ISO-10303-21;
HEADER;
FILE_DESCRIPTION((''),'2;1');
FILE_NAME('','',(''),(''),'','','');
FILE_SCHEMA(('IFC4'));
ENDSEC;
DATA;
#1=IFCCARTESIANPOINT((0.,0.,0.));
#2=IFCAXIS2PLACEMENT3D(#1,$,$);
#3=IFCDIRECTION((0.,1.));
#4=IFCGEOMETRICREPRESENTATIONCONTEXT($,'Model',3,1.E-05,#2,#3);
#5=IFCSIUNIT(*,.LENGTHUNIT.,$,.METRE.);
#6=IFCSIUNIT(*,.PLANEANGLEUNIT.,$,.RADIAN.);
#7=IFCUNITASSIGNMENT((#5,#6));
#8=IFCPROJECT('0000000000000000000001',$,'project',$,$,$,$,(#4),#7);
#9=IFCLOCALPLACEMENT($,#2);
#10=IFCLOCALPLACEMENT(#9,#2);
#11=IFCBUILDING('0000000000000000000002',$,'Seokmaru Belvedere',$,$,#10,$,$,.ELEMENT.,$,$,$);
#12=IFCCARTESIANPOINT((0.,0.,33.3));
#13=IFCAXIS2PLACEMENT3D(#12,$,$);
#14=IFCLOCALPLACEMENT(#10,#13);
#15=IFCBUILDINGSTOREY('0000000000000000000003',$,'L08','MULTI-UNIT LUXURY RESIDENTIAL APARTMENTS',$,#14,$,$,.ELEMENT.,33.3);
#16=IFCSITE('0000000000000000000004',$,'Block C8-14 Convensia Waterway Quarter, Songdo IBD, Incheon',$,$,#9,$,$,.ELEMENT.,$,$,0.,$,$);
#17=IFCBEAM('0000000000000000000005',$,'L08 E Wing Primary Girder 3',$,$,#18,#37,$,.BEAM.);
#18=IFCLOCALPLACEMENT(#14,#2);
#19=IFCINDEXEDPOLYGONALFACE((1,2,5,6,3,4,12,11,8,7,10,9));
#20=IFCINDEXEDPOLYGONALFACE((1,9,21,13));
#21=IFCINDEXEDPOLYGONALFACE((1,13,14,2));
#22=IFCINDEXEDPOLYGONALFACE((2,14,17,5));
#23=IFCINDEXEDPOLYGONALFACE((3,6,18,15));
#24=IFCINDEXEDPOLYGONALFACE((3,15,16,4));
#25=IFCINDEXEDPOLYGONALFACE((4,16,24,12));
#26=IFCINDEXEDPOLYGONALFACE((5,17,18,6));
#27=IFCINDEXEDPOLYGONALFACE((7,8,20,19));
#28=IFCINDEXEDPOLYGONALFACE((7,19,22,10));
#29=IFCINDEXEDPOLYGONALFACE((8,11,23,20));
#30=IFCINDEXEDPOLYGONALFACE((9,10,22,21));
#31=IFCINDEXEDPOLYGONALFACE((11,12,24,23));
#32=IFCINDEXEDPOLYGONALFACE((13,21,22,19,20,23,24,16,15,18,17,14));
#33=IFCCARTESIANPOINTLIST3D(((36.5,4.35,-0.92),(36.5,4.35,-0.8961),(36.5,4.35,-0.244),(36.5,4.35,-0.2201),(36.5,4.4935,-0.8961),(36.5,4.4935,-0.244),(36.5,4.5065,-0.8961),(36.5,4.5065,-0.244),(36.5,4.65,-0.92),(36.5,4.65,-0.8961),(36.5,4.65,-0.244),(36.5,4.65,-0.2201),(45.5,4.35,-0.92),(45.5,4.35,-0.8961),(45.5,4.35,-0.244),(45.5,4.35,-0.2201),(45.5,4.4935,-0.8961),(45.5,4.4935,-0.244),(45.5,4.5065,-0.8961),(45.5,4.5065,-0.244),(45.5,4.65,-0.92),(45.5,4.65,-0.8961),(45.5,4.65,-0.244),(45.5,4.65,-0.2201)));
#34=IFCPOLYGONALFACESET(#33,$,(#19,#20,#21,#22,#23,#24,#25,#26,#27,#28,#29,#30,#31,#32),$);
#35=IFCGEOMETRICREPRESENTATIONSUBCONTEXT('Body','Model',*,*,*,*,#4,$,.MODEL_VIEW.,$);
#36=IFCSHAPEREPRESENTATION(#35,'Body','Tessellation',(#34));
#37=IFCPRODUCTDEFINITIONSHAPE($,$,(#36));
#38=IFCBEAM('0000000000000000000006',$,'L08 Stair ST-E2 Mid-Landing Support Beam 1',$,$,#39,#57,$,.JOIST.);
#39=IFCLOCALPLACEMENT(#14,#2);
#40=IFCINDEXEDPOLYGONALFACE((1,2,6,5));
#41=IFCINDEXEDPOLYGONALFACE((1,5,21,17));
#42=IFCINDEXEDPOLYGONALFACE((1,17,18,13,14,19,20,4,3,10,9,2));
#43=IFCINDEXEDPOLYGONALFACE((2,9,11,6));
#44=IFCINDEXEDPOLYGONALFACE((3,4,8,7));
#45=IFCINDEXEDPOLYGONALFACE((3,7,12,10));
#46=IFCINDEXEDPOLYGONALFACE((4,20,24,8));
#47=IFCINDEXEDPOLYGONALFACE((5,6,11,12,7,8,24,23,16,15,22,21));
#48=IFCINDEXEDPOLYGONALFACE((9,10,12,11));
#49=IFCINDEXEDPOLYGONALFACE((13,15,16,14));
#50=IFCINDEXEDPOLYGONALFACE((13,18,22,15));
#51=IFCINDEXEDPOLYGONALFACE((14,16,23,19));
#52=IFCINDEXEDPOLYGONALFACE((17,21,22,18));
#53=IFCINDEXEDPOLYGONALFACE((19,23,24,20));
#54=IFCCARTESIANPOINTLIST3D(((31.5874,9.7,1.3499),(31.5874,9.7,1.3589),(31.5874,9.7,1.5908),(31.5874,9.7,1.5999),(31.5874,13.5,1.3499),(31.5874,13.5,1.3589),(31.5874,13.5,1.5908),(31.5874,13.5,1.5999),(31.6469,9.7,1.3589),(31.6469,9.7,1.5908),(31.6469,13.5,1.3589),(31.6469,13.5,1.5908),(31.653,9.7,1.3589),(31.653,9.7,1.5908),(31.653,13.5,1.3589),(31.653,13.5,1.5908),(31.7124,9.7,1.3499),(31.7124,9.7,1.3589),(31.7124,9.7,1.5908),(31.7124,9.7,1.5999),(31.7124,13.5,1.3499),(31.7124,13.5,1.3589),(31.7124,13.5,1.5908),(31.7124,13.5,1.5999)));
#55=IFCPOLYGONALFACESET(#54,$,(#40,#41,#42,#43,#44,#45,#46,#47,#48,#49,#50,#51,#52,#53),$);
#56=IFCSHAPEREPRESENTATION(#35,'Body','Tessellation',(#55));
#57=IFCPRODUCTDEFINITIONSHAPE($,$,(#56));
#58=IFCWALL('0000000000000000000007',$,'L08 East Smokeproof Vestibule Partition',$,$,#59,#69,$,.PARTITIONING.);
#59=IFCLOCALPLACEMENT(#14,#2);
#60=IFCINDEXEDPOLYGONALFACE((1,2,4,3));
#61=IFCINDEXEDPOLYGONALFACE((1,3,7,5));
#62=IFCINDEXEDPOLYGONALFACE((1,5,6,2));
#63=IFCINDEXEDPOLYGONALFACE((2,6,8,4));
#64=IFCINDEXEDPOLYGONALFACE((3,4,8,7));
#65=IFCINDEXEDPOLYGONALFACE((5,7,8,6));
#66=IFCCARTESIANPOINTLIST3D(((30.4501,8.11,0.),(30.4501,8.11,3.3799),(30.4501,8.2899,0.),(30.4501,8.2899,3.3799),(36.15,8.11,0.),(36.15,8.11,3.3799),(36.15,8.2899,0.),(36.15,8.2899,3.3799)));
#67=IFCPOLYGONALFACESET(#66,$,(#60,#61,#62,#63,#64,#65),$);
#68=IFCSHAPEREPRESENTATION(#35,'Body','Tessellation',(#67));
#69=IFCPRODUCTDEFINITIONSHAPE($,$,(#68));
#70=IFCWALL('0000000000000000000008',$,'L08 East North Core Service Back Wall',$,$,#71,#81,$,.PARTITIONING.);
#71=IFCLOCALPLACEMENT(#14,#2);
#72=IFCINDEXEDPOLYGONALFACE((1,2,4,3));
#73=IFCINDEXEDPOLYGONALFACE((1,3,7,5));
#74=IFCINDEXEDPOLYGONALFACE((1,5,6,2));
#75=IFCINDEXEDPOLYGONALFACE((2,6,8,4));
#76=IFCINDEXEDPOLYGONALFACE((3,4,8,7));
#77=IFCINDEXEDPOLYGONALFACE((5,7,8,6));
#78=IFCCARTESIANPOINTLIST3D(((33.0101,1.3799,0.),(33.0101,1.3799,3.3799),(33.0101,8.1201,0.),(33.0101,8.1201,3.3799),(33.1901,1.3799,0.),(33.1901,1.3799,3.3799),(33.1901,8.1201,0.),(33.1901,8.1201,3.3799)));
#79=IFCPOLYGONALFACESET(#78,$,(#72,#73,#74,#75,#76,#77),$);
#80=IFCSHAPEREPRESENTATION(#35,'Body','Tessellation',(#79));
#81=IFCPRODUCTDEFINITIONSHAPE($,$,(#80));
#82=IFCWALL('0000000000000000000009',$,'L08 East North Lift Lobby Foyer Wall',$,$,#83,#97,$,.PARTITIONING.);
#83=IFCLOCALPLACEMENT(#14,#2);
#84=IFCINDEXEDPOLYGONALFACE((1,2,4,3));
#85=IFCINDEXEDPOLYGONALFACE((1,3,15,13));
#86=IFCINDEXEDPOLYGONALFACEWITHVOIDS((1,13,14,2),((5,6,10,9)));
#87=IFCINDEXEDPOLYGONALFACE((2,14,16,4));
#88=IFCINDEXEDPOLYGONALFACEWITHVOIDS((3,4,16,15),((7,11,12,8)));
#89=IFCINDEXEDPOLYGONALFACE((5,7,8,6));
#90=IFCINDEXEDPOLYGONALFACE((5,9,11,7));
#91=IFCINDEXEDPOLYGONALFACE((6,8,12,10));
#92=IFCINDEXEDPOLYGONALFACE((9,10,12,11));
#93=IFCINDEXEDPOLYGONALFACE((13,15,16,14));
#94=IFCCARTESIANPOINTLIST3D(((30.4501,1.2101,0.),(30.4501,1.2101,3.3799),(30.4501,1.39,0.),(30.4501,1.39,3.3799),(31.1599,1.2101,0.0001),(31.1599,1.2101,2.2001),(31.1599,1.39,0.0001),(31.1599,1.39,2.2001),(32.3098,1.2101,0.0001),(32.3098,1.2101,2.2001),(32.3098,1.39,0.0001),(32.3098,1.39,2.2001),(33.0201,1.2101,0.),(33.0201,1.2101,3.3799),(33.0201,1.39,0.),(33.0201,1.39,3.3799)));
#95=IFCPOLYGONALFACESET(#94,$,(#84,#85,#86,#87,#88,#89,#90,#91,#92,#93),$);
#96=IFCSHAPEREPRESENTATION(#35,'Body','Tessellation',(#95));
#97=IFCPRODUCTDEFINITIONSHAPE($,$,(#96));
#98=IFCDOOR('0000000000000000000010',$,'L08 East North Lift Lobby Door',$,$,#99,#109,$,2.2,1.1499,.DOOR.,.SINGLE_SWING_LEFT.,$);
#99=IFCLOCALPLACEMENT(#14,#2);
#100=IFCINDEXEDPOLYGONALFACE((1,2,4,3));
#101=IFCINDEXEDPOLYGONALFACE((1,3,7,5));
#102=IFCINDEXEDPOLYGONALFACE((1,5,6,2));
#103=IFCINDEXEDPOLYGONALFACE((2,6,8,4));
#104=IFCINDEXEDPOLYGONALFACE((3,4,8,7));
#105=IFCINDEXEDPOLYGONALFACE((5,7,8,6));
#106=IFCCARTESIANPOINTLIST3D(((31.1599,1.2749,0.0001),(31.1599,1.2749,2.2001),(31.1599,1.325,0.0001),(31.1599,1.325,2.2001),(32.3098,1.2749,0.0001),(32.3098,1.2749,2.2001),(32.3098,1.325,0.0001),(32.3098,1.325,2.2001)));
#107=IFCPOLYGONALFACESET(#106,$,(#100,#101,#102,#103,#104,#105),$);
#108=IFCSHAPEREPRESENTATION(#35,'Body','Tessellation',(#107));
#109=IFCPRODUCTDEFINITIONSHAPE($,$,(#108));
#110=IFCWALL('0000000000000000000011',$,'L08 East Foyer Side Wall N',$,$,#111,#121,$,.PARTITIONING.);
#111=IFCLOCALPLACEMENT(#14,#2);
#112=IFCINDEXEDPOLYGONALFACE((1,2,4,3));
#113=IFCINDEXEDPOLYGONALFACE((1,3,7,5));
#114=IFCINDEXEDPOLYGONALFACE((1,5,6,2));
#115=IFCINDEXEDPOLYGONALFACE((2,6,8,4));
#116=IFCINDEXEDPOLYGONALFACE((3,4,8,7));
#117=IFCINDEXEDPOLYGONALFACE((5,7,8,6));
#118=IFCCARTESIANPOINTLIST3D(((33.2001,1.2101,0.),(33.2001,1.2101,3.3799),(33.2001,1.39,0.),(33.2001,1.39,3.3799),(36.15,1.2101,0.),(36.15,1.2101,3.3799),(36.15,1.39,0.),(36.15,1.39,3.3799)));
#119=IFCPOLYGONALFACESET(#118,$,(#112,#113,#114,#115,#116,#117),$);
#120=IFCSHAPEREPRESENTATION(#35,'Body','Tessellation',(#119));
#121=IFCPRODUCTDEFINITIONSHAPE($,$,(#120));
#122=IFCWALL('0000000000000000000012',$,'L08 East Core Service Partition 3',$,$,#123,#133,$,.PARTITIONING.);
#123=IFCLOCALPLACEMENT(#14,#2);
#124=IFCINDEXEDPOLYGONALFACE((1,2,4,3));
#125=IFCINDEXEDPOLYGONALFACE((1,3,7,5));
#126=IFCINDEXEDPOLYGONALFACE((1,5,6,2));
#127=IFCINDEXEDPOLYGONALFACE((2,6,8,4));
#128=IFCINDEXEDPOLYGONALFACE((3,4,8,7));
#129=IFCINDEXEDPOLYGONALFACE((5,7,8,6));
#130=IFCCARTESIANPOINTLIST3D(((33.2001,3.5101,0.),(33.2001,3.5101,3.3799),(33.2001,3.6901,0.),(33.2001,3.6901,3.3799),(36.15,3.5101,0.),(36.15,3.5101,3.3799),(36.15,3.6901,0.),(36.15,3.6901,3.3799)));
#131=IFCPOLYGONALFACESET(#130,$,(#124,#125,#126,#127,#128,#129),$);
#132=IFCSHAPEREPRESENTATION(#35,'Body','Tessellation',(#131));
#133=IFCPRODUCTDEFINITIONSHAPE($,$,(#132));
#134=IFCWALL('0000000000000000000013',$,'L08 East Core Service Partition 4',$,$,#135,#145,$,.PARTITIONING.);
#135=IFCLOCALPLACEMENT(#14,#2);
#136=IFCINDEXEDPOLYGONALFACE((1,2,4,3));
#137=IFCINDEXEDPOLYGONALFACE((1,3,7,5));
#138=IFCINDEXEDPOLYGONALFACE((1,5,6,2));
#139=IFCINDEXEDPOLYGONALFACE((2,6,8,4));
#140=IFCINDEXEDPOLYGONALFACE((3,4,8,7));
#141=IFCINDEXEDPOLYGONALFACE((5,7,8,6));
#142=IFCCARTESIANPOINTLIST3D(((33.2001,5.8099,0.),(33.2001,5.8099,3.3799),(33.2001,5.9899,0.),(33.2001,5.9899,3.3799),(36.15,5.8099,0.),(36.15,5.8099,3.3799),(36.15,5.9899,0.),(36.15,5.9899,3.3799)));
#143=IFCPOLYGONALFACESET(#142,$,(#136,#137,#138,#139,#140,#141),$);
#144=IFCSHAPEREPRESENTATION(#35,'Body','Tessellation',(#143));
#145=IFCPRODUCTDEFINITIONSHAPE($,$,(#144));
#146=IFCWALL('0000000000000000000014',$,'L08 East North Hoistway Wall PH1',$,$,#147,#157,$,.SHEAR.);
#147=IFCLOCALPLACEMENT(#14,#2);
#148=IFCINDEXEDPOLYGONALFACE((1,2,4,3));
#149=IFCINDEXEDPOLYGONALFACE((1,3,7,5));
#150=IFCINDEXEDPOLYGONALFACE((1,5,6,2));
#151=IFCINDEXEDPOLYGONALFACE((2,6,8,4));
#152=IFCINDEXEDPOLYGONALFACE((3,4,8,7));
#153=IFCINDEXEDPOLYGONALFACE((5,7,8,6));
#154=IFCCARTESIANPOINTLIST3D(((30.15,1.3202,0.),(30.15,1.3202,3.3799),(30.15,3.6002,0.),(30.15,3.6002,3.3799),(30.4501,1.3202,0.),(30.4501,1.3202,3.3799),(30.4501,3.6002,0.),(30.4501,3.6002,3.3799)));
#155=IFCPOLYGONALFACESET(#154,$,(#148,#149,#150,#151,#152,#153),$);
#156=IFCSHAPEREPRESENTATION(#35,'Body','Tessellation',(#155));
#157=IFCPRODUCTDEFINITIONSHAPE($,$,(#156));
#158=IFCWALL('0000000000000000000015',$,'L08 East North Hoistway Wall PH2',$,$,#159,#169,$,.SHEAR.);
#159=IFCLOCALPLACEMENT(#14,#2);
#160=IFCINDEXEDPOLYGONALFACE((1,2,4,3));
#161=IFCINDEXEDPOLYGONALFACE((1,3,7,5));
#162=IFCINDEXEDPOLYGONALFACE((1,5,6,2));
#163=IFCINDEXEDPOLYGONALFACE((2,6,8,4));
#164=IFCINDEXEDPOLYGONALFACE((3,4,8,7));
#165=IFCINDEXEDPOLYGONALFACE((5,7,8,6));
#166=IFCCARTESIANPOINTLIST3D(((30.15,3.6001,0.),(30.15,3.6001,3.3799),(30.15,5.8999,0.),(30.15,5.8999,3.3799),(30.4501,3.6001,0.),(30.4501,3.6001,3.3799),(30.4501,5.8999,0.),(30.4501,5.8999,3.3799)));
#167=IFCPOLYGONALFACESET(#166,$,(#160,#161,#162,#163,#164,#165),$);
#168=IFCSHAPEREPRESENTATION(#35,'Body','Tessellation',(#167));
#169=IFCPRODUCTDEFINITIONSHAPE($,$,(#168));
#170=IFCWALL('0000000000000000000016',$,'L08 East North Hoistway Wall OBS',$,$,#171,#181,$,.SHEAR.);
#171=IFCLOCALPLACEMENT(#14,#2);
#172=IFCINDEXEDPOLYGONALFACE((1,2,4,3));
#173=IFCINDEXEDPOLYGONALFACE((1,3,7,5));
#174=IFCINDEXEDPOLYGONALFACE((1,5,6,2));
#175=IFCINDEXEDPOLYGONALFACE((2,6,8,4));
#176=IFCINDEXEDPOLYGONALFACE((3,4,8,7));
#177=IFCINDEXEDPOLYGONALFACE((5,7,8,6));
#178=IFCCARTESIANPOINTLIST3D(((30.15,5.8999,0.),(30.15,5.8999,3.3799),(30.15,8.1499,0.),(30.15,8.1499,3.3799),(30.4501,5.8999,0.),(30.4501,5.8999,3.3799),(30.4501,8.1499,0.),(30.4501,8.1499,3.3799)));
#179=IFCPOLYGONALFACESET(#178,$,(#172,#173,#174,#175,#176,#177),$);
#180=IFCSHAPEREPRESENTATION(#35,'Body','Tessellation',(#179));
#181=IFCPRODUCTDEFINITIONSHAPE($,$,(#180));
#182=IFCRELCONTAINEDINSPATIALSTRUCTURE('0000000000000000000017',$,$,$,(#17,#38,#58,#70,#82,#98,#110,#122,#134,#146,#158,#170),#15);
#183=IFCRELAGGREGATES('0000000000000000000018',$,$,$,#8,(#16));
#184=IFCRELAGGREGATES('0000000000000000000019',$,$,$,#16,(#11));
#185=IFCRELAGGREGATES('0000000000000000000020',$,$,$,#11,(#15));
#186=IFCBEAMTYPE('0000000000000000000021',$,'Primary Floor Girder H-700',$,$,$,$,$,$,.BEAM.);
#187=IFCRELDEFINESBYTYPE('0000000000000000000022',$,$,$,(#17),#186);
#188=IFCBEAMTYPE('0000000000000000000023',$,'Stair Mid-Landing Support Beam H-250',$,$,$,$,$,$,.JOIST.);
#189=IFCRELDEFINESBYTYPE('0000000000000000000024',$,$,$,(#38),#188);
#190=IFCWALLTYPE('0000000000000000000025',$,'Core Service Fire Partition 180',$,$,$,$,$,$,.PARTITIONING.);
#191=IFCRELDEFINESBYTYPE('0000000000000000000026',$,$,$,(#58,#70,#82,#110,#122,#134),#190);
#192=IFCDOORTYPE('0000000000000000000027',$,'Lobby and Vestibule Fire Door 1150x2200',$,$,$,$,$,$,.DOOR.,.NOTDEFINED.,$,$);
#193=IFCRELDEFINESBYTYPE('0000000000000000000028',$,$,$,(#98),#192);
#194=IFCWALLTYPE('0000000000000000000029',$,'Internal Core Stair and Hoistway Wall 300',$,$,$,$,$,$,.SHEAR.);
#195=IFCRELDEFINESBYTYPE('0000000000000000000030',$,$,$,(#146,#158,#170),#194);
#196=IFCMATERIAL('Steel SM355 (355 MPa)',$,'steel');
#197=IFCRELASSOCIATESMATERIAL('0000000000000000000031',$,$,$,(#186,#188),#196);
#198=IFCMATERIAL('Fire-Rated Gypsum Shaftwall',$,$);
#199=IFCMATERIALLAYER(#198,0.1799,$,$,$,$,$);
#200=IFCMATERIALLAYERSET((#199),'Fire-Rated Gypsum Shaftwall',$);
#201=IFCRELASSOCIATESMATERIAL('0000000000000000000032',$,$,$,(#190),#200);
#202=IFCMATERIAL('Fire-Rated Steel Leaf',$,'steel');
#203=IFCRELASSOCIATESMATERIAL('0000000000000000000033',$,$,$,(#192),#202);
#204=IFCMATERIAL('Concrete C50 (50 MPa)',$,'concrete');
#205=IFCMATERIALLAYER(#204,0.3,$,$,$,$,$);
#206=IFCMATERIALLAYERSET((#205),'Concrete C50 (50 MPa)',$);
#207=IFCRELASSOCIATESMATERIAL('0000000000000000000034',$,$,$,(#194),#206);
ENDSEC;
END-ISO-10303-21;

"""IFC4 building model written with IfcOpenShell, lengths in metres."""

from ifc_helpers import new_model, si_unit, direction, frame, frame_2d, origin, origin_2d, place, context, subcontext, project, spatial, rectangle, i_section, extrude, source, transform, mapped, material, layer, layer_set, material_profile, profile_set, type_object, type_shapes, element, fill, save


model = new_model("IFC4")

# Units and contexts
model_context = context("Model", 3, precision=1e-05, world=origin(), true_north=direction((0.0, 1.0)))
body_context = subcontext(model_context, "Body", "Model", "MODEL_VIEW")
ifc_project = project(units=[si_unit("LENGTHUNIT", "METRE"), si_unit("PLANEANGLEUNIT", "RADIAN")], contexts=[model_context])

# Site, building, storey
site_placement = place(None, origin())
site = spatial("IfcSite", under=ifc_project, at=site_placement, Name="Block C8-14 Convensia Waterway Quarter, Songdo IBD, Incheon", CompositionType="ELEMENT", RefElevation=0.0)
building_placement = place(site_placement, origin())
building = spatial("IfcBuilding", under=site, at=building_placement, Name="Seokmaru Belvedere", CompositionType="ELEMENT")
storey_placement = place(building_placement, frame((0.0, 0.0, 33.3)))
storey = spatial("IfcBuildingStorey", under=building, at=storey_placement, Name="L08", Description="MULTI-UNIT LUXURY RESIDENTIAL APARTMENTS", CompositionType="ELEMENT", Elevation=33.3)

# Beams
ifc_material_1 = material(Name="Steel SM355 (355 MPa)", Category="steel")
ifc_material_profile_1 = material_profile(ifc_material_1, i_section(OverallWidth=0.3, OverallDepth=0.7, WebThickness=0.0129, FlangeThickness=0.0239, at=origin_2d()), Name="H-700x300x13x24")
ifc_profile_set_1 = profile_set([ifc_material_profile_1], Name="Steel SM355 (355 MPa)")
beam_type_1 = type_object("IfcBeamType", Name="Primary Floor Girder H-700", PredefinedType="BEAM", material=ifc_profile_set_1)
shared_shape_1 = source(origin(), body_context, "Body", "SweptSolid", [
    extrude(i_section(OverallWidth=0.3, OverallDepth=0.7, WebThickness=0.0129, FlangeThickness=0.0239, at=origin_2d()), origin(), (0.0, 0.0, 1.0), 9.0),
])
type_shapes(beam_type_1, [shared_shape_1])
beam_1_placement = place(storey_placement, frame((36.5, 4.5, -0.5701), z_axis=(1.0, 0.0, 0.0), x_axis=(0.0, 1.0, 0.0)))
element("IfcBeam", 1, at=beam_1_placement, inside=storey, type_object=beam_type_1, Name="L08 E Wing Primary Girder 3", PredefinedType="BEAM", context=body_context, shape_type="MappedRepresentation", body=[
    mapped(shared_shape_1, transform((0.0, 0.0, 0.0), scale=1.0)),
])
ifc_material_profile_2 = material_profile(ifc_material_1, i_section(OverallWidth=0.125, OverallDepth=0.25, WebThickness=0.0061, FlangeThickness=0.009, at=origin_2d()), Name="H-250x125x6x9")
ifc_profile_set_2 = profile_set([ifc_material_profile_2], Name="Steel SM355 (355 MPa)")
beam_type_2 = type_object("IfcBeamType", Name="Stair Mid-Landing Support Beam H-250", PredefinedType="JOIST", material=ifc_profile_set_2)
shared_shape_2 = source(origin(), body_context, "Body", "SweptSolid", [
    extrude(i_section(OverallWidth=0.125, OverallDepth=0.25, WebThickness=0.0061, FlangeThickness=0.009, at=origin_2d()), origin(), (0.0, 0.0, 1.0), 3.8),
])
type_shapes(beam_type_2, [shared_shape_2])
beam_2_placement = place(storey_placement, frame((31.6499, 9.7, 1.4749), z_axis=(0.0, 1.0, 0.0), x_axis=(-1.0, 0.0, 0.0)))
element("IfcBeam", 2, at=beam_2_placement, inside=storey, type_object=beam_type_2, Name="L08 Stair ST-E2 Mid-Landing Support Beam 1", PredefinedType="JOIST", context=body_context, shape_type="MappedRepresentation", body=[
    mapped(shared_shape_2, transform((0.0, 0.0, 0.0), scale=1.0)),
])

# Walls
ifc_material_2 = material(Name="Fire-Rated Gypsum Shaftwall")
ifc_layer_1 = layer(ifc_material_2, 0.1799)
ifc_layer_set_1 = layer_set([ifc_layer_1], Name="Fire-Rated Gypsum Shaftwall")
wall_type_1 = type_object("IfcWallType", Name="Core Service Fire Partition 180", PredefinedType="PARTITIONING", material=ifc_layer_set_1)
wall_1_placement = place(storey_placement, frame((30.45, 8.2, 0.0), z_axis=(0.0, 0.0, 1.0), x_axis=(1.0, 0.0, 0.0)))
element("IfcWall", 3, at=wall_1_placement, inside=storey, type_object=wall_type_1, Name="L08 East Smokeproof Vestibule Partition", PredefinedType="PARTITIONING", context=body_context, shape_type="SweptSolid", body=[
    extrude(rectangle(XDim=5.7, YDim=0.1799, at=frame_2d((2.8501, 0.0))), origin(), (0.0, 0.0, 1.0), 3.3799),
])
wall_2_placement = place(storey_placement, frame((33.1001, 1.3799, 0.0), z_axis=(0.0, 0.0, 1.0), x_axis=(0.0, 1.0, 0.0)))
element("IfcWall", 4, at=wall_2_placement, inside=storey, type_object=wall_type_1, Name="L08 East North Core Service Back Wall", PredefinedType="PARTITIONING", context=body_context, shape_type="SweptSolid", body=[
    extrude(rectangle(XDim=6.7402, YDim=0.1799, at=frame_2d((3.3701, 0.0))), origin(), (0.0, 0.0, 1.0), 3.3799),
])

# Wall, opening, door
wall_3_placement = place(storey_placement, frame((30.45, 1.3, 0.0), z_axis=(0.0, 0.0, 1.0), x_axis=(1.0, 0.0, 0.0)))
wall_3 = element("IfcWall", 5, at=wall_3_placement, inside=storey, type_object=wall_type_1, Name="L08 East North Lift Lobby Foyer Wall", PredefinedType="PARTITIONING", context=body_context, shape_type="SweptSolid", body=[
    extrude(rectangle(XDim=2.5701, YDim=0.1799, at=frame_2d((1.2852, 0.0))), origin(), (0.0, 0.0, 1.0), 3.3799),
])
opening_1_placement = place(wall_3_placement, frame((0.71, 0.0, 0.0)))
opening_1 = element("IfcOpeningElement", 6, at=opening_1_placement, cuts=wall_3, PredefinedType="OPENING", context=body_context, shape_type="SweptSolid", body=[
    extrude(rectangle(XDim=1.1499, YDim=2.2, at=frame_2d((0.575, 1.1001))), frame((0.0, 0.1001, 0.0), z_axis=(0.0, -1.0, 0.0), x_axis=(1.0, 0.0, 0.0)), (0.0, 0.0, 1.0), 0.2),
])
ifc_material_3 = material(Name="Fire-Rated Steel Leaf", Category="steel")
door_type_1 = type_object("IfcDoorType", Name="Lobby and Vestibule Fire Door 1150x2200", OperationType="NOTDEFINED", PredefinedType="DOOR", material=ifc_material_3)
shared_shape_3 = source(origin(), body_context, "Body", "SweptSolid", [
    extrude(rectangle(XDim=1.1499, YDim=2.2, at=frame_2d((0.575, 1.1001))), frame((0.0, 0.0249, 0.0), z_axis=(0.0, -1.0, 0.0), x_axis=(1.0, 0.0, 0.0)), (0.0, 0.0, 1.0), 0.05),
])
type_shapes(door_type_1, [shared_shape_3])
door_1_placement = place(opening_1_placement, origin())
door_1 = element("IfcDoor", 7, at=door_1_placement, inside=storey, type_object=door_type_1, Name="L08 East North Lift Lobby Door", OperationType="SINGLE_SWING_LEFT", OverallHeight=2.2, OverallWidth=1.1499, PredefinedType="DOOR", context=body_context, shape_type="MappedRepresentation", body=[
    mapped(shared_shape_3, transform((0.0, 0.0, 0.0), scale=1.0)),
])
fill(opening_1, door_1)

# Walls
for number, where, z_axis, x_axis, name in (
    (8, (33.2, 1.3, 0.0), (0.0, 0.0, 1.0), (1.0, 0.0, 0.0), "L08 East Foyer Side Wall N"),
    (9, (33.2, 3.6001, 0.0), (0.0, 0.0, 1.0), (1.0, 0.0, 0.0), "L08 East Core Service Partition 3"),
    (10, (33.2, 5.8999, 0.0), (0.0, 0.0, 1.0), (1.0, 0.0, 0.0), "L08 East Core Service Partition 4"),
):
    element("IfcWall", number, at=place(storey_placement, frame(where, z_axis=z_axis, x_axis=x_axis)), inside=storey, type_object=wall_type_1, Name=name, PredefinedType="PARTITIONING", context=body_context, shape_type="SweptSolid", body=[
        extrude(rectangle(XDim=2.95, YDim=0.1799, at=frame_2d((1.4751, 0.0))), origin(), (0.0, 0.0, 1.0), 3.3799),
    ])
ifc_material_4 = material(Name="Concrete C50 (50 MPa)", Category="concrete")
ifc_layer_2 = layer(ifc_material_4, 0.3)
ifc_layer_set_2 = layer_set([ifc_layer_2], Name="Concrete C50 (50 MPa)")
wall_type_2 = type_object("IfcWallType", Name="Internal Core Stair and Hoistway Wall 300", PredefinedType="SHEAR", material=ifc_layer_set_2)
wall_4_placement = place(storey_placement, frame((30.3, 1.3201, 0.0), z_axis=(0.0, 0.0, 1.0), x_axis=(0.0, 1.0, 0.0)))
element("IfcWall", 11, at=wall_4_placement, inside=storey, type_object=wall_type_2, Name="L08 East North Hoistway Wall PH1", PredefinedType="SHEAR", context=body_context, shape_type="SweptSolid", body=[
    extrude(rectangle(XDim=2.28, YDim=0.3, at=frame_2d((1.1401, 0.0))), origin(), (0.0, 0.0, 1.0), 3.3799),
])
wall_5_placement = place(storey_placement, frame((30.3, 3.6001, 0.0), z_axis=(0.0, 0.0, 1.0), x_axis=(0.0, 1.0, 0.0)))
element("IfcWall", 12, at=wall_5_placement, inside=storey, type_object=wall_type_2, Name="L08 East North Hoistway Wall PH2", PredefinedType="SHEAR", context=body_context, shape_type="SweptSolid", body=[
    extrude(rectangle(XDim=2.2998, YDim=0.3, at=frame_2d((1.1499, 0.0))), origin(), (0.0, 0.0, 1.0), 3.3799),
])
wall_6_placement = place(storey_placement, frame((30.3, 5.8999, 0.0), z_axis=(0.0, 0.0, 1.0), x_axis=(0.0, 1.0, 0.0)))
element("IfcWall", 13, at=wall_6_placement, inside=storey, type_object=wall_type_2, Name="L08 East North Hoistway Wall OBS", PredefinedType="SHEAR", context=body_context, shape_type="SweptSolid", body=[
    extrude(rectangle(XDim=2.25, YDim=0.3, at=frame_2d((1.125, 0.0))), origin(), (0.0, 0.0, 1.0), 3.3799),
])

save(model, "model.ifc")
